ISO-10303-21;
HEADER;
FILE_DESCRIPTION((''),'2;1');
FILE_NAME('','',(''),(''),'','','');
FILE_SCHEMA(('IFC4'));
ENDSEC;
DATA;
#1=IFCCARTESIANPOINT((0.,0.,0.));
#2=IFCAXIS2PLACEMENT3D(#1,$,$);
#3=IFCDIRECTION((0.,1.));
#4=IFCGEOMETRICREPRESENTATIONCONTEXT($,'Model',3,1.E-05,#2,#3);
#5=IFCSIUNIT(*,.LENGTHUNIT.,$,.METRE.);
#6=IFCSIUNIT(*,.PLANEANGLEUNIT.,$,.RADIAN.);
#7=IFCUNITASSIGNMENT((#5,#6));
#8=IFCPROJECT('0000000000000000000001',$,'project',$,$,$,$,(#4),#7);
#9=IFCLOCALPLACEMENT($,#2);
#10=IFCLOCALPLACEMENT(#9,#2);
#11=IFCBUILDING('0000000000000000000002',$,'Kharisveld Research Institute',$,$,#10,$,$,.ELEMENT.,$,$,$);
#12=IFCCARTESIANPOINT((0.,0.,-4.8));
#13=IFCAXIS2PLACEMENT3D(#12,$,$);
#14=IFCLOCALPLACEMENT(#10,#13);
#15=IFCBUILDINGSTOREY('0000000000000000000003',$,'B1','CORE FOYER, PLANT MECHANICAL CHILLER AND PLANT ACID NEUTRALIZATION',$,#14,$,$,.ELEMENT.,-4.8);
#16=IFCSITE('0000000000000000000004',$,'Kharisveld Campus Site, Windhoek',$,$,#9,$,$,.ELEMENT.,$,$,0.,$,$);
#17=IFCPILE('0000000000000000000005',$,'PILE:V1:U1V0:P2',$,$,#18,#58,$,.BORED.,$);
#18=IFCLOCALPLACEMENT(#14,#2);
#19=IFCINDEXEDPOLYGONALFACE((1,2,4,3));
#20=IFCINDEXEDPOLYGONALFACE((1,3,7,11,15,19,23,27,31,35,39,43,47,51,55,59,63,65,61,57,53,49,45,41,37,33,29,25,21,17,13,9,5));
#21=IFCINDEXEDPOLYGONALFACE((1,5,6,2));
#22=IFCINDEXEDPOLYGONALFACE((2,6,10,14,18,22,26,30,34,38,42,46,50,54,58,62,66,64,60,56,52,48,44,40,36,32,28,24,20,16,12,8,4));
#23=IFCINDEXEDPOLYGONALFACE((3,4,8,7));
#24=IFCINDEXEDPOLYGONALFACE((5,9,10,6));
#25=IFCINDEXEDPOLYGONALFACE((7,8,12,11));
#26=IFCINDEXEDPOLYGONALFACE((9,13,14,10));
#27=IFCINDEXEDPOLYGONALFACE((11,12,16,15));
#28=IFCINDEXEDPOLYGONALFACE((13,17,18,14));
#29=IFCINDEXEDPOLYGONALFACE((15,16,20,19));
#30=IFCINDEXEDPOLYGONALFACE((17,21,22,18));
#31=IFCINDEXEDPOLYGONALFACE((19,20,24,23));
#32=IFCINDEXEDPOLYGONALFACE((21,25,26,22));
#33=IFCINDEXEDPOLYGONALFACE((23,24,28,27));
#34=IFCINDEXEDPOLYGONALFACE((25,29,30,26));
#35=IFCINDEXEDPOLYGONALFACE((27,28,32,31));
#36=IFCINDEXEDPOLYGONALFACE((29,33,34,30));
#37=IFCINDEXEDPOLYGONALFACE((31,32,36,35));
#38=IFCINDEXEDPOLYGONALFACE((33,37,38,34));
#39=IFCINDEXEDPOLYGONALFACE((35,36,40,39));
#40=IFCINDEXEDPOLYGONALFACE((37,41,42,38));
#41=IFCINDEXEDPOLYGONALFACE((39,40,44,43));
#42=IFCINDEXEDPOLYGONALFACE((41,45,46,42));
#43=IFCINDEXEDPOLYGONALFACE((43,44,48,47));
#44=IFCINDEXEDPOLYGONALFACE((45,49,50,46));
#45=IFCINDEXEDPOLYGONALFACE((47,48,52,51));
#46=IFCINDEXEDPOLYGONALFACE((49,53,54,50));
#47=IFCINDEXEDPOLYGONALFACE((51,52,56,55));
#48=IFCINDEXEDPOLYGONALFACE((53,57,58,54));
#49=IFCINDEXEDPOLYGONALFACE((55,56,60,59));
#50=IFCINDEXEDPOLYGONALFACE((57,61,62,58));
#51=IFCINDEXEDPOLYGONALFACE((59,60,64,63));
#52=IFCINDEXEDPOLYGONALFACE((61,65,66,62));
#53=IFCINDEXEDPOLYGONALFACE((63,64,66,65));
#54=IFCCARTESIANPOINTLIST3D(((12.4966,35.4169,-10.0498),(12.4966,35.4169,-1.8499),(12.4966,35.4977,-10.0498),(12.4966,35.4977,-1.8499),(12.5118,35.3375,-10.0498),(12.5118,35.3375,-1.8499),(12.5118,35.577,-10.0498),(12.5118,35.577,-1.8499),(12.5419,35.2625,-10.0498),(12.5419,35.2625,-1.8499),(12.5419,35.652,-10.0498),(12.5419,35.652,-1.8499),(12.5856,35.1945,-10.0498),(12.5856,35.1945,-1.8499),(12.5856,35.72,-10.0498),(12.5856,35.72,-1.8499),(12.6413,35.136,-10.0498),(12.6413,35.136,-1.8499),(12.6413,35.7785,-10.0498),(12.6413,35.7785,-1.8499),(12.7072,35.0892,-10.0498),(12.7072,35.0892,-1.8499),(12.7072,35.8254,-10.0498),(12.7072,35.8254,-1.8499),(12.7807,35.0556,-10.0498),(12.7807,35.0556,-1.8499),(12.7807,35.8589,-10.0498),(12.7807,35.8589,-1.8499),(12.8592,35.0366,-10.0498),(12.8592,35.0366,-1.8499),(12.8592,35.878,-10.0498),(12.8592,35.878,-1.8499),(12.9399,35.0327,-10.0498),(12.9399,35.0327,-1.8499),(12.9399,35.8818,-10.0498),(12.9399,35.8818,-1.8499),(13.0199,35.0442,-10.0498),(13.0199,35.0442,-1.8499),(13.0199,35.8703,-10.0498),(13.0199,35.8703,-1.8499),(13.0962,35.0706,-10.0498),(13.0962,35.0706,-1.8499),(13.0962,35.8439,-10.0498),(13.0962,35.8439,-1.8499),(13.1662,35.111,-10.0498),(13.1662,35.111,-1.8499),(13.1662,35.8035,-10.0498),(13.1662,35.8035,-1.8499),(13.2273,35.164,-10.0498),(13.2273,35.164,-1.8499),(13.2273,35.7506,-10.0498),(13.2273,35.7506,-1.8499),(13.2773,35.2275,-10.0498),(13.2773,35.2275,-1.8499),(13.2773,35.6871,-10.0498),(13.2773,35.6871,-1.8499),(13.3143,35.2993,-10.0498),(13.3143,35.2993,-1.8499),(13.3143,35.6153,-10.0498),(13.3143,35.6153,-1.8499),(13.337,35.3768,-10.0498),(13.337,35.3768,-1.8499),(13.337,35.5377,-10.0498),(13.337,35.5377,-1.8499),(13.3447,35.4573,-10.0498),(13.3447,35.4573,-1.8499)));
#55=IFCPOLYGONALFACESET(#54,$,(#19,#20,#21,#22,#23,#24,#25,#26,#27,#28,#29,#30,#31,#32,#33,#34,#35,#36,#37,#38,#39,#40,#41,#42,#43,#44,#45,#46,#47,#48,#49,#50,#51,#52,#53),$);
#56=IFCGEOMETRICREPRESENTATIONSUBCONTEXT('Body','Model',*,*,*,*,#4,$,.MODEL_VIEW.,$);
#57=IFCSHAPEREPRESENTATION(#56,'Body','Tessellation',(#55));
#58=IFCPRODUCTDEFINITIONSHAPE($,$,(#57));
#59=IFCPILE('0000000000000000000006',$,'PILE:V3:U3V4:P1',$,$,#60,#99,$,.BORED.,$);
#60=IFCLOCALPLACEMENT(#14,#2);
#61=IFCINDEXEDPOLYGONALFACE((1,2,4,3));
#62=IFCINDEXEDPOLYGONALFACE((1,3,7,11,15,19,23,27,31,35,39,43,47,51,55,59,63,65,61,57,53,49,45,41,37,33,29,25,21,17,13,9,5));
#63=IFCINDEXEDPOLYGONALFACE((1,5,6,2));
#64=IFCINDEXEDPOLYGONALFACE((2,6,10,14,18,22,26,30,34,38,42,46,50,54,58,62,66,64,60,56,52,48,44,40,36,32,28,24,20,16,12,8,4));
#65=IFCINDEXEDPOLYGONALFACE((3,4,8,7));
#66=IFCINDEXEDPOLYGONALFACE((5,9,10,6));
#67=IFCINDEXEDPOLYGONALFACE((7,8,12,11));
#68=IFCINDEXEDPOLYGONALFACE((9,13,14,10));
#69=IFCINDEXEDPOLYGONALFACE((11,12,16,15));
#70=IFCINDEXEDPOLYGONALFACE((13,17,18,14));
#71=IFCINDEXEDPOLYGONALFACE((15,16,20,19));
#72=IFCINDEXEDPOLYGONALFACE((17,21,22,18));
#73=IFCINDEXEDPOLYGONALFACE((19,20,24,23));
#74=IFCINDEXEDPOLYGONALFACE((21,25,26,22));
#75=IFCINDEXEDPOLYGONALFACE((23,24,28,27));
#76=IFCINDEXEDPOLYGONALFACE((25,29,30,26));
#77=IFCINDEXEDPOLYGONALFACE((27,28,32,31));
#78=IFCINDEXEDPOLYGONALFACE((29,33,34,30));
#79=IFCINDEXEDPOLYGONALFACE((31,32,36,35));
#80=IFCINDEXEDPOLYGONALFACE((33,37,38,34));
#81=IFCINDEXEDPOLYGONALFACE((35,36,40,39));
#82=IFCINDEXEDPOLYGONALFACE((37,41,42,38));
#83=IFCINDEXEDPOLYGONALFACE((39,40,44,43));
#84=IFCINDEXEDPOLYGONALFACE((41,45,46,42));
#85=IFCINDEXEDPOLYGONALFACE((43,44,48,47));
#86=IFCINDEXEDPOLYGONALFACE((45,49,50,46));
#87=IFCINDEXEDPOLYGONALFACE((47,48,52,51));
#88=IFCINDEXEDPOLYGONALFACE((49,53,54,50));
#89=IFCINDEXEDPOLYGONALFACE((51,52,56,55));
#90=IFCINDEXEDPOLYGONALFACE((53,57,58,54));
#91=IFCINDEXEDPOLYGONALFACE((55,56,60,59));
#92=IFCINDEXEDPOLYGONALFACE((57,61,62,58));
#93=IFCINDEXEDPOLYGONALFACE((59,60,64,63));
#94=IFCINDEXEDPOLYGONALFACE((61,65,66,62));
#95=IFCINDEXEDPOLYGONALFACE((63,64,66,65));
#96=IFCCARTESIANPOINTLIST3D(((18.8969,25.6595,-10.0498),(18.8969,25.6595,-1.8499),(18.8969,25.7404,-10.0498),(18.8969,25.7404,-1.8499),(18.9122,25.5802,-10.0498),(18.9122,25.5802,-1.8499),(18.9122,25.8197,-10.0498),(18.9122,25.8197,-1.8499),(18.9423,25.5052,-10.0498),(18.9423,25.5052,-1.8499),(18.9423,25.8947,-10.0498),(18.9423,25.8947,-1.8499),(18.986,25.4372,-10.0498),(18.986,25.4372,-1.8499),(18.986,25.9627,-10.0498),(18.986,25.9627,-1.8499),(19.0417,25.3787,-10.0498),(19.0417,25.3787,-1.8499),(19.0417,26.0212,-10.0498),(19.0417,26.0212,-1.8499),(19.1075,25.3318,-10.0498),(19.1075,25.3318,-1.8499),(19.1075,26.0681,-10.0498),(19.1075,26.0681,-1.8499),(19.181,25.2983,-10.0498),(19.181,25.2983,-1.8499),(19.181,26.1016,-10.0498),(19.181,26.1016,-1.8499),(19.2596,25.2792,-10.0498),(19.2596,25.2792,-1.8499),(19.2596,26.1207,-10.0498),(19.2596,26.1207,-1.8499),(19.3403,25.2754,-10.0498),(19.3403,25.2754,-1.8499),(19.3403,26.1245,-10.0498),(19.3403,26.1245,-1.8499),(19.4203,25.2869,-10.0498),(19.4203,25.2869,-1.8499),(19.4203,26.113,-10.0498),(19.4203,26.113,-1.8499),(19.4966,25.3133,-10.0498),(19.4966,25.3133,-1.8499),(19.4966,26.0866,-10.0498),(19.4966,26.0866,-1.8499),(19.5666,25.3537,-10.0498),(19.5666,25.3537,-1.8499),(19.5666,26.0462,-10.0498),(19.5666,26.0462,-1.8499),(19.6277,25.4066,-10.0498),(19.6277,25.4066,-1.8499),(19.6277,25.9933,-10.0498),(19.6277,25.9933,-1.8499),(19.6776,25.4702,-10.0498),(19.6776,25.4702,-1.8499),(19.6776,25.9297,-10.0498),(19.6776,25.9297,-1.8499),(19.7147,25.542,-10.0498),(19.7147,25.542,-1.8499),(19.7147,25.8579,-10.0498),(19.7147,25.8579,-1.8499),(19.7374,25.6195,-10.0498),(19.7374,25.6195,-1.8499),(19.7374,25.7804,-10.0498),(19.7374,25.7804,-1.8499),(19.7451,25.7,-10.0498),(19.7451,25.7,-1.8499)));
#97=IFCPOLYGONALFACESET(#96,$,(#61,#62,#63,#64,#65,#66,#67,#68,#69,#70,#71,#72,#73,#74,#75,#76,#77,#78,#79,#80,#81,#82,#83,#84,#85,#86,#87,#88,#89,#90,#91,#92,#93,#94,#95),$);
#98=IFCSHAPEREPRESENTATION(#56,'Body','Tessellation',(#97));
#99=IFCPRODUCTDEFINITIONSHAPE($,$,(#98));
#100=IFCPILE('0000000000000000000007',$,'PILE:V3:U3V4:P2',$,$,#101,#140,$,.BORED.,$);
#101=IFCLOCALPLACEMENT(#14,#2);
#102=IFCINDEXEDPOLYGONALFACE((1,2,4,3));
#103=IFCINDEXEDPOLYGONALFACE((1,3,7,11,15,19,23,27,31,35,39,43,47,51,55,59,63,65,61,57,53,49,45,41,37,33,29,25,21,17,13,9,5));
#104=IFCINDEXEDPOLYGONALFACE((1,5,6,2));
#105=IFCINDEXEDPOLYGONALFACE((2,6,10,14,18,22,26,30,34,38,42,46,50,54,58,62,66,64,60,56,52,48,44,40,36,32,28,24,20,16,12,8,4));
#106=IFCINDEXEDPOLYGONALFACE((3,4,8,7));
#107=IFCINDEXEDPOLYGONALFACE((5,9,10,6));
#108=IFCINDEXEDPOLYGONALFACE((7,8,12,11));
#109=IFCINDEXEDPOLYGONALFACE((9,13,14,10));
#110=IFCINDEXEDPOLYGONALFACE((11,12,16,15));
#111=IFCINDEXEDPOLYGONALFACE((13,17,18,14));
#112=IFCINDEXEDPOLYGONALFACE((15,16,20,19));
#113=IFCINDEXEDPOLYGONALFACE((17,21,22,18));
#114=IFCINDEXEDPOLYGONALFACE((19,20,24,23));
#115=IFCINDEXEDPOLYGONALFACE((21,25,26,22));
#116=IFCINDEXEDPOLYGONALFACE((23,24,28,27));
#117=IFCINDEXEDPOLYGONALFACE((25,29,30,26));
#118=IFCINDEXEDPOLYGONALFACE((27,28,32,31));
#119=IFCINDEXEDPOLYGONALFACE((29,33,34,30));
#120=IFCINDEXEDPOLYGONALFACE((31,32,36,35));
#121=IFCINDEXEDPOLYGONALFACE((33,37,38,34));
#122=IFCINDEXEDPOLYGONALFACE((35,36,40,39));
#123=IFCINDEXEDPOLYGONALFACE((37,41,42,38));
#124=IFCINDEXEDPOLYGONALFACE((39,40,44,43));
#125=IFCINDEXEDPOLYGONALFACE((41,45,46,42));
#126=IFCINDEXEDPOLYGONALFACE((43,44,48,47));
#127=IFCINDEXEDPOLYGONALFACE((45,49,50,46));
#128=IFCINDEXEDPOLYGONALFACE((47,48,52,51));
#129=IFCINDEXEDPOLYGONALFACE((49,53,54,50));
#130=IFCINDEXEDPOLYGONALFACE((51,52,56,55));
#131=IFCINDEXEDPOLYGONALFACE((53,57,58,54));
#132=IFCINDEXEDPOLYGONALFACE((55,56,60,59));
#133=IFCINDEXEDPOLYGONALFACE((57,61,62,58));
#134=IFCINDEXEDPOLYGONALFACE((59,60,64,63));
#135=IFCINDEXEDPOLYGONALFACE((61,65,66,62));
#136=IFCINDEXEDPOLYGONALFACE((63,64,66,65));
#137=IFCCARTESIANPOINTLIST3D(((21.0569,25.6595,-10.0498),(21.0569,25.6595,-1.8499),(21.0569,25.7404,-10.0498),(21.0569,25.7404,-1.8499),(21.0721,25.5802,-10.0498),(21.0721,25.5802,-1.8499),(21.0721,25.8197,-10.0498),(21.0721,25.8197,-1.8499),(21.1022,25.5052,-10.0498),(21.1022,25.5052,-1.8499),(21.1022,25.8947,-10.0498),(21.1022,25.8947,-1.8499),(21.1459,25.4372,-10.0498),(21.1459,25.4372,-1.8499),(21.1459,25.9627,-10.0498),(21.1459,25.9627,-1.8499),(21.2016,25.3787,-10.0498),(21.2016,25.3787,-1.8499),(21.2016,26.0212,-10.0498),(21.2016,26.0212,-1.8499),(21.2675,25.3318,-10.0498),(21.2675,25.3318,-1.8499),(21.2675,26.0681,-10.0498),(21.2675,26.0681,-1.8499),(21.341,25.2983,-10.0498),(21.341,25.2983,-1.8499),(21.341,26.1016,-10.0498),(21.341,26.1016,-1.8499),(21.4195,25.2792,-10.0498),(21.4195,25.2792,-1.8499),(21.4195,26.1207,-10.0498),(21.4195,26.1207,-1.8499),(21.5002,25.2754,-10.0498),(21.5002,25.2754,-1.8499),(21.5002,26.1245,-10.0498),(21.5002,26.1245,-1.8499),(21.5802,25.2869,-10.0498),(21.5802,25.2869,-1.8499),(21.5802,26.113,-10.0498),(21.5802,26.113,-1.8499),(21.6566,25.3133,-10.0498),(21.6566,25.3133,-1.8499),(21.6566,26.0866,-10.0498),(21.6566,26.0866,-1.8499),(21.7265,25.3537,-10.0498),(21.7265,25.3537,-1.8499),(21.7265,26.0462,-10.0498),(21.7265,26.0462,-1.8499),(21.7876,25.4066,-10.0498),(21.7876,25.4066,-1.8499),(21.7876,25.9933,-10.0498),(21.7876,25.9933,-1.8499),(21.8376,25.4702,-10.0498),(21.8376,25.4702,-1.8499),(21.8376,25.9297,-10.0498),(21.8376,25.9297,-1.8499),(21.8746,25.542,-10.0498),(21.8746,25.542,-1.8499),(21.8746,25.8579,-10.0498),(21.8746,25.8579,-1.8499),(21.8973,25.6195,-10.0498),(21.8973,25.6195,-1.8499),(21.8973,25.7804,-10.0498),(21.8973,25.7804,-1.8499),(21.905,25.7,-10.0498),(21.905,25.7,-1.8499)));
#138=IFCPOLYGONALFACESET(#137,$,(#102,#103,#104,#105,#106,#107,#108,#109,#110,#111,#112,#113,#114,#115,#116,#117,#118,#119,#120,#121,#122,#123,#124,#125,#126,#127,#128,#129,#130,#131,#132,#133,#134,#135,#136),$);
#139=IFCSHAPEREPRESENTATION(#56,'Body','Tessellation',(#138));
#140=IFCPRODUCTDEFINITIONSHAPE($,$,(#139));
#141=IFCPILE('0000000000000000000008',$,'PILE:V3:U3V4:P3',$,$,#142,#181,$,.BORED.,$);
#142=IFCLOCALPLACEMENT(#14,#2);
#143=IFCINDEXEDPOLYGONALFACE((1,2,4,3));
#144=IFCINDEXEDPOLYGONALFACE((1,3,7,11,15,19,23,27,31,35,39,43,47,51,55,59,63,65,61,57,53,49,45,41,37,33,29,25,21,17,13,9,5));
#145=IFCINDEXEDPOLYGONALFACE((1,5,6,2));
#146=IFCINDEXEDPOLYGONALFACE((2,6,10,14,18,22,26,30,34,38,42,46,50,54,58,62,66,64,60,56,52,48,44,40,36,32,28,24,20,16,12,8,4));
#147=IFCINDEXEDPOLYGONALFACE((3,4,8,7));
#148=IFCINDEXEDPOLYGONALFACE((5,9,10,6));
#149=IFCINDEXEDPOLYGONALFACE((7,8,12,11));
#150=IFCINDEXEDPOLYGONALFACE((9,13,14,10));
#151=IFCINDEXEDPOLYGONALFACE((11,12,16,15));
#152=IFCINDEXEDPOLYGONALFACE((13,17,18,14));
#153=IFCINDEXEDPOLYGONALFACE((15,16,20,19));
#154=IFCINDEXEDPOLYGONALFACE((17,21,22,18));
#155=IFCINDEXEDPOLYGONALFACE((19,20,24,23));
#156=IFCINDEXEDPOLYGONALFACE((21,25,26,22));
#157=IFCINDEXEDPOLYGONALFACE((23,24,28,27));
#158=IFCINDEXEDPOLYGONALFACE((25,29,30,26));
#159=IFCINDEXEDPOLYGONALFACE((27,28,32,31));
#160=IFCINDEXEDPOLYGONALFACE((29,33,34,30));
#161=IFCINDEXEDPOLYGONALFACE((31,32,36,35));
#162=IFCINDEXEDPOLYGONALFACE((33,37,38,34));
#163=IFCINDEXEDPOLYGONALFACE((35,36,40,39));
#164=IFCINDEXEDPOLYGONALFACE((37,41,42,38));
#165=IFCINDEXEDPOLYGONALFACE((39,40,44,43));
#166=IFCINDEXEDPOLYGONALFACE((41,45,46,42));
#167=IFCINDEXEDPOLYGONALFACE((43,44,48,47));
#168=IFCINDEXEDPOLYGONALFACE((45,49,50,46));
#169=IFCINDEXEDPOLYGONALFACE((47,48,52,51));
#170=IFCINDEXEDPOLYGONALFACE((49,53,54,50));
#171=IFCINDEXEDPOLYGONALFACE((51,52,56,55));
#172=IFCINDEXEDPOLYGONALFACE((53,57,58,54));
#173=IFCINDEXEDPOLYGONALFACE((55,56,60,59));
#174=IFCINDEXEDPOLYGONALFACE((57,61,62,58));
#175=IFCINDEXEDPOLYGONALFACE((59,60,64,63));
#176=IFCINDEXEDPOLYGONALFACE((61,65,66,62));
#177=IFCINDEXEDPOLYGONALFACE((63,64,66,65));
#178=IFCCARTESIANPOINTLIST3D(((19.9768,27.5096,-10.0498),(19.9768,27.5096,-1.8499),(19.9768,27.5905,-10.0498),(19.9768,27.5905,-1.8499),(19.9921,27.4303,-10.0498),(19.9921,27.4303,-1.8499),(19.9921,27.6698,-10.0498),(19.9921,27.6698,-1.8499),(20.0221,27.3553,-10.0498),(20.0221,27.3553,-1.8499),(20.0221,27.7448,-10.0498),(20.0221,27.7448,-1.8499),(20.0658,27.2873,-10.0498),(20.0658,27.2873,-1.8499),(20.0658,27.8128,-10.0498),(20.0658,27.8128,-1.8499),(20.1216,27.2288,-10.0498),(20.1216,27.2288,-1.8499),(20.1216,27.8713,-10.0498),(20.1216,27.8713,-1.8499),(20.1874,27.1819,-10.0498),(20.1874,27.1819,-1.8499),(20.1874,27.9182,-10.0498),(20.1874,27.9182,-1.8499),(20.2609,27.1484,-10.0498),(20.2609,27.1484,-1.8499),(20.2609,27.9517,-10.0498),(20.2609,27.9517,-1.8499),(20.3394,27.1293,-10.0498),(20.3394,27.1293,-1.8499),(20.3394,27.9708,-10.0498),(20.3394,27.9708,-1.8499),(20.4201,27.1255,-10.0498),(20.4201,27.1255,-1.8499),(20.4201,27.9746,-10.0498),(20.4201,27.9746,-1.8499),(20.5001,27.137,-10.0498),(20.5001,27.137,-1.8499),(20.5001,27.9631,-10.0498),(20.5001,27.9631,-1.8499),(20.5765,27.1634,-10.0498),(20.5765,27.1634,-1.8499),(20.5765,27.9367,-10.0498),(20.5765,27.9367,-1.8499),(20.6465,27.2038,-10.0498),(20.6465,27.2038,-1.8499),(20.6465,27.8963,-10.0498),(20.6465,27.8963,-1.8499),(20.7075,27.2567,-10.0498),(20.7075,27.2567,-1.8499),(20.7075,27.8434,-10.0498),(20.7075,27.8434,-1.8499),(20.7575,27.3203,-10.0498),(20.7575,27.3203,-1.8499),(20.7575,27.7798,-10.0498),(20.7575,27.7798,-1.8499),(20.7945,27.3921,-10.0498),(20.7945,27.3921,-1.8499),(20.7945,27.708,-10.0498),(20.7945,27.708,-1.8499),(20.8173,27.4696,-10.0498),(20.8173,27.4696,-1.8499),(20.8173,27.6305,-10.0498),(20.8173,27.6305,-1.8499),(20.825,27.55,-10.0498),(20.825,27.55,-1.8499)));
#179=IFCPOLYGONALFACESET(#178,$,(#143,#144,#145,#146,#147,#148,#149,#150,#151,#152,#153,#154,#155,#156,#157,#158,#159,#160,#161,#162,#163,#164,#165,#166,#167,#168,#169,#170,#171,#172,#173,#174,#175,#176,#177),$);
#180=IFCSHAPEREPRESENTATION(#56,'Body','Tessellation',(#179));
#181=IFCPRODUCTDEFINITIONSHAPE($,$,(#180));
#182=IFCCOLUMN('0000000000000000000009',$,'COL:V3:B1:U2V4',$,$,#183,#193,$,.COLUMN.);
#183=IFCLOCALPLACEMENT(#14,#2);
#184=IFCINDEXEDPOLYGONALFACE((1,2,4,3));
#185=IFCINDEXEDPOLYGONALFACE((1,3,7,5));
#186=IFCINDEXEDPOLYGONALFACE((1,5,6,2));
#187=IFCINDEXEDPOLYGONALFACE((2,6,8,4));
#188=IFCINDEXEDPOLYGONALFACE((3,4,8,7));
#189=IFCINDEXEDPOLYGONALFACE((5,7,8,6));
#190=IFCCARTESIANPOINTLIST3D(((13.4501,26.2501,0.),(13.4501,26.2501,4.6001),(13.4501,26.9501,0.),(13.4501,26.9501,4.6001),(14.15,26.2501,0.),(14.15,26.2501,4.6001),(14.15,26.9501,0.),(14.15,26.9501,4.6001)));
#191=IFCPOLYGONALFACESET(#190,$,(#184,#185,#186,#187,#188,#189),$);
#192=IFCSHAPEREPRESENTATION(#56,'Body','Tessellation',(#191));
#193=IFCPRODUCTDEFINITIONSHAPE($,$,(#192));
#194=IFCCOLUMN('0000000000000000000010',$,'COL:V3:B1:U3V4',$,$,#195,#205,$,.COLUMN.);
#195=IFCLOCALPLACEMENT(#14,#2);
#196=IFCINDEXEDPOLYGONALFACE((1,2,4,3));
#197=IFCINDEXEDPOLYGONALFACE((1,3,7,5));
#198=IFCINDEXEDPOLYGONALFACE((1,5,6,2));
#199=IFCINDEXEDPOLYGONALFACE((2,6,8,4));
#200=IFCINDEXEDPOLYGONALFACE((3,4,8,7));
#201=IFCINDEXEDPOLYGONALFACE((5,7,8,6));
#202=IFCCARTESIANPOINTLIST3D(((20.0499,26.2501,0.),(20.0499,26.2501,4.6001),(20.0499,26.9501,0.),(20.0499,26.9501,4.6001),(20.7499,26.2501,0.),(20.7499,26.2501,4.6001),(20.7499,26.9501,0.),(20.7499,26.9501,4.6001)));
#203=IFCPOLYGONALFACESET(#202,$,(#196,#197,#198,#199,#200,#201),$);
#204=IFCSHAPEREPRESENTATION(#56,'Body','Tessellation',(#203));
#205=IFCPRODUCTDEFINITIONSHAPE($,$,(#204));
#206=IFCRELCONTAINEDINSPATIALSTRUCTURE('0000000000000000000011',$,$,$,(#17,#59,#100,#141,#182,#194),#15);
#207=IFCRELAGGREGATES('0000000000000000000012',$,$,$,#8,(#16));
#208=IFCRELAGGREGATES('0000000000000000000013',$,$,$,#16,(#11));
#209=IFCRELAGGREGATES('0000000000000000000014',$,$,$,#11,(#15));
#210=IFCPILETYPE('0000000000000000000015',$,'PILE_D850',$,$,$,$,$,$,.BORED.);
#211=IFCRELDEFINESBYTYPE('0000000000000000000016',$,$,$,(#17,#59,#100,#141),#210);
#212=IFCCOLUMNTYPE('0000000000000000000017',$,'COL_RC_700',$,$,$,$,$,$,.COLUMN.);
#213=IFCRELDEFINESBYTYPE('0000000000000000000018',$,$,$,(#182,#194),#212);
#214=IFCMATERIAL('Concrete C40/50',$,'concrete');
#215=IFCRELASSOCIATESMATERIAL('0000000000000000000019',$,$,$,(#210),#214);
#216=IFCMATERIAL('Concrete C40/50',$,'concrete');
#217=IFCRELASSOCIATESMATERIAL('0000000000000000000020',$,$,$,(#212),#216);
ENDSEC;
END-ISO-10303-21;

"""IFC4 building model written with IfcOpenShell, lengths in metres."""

from ifc_helpers import new_model, si_unit, direction, frame, origin, origin_2d, place, context, subcontext, project, spatial, rectangle, circle, extrude, material, material_profile, profile_set, type_object, element, save


model = new_model("IFC4")

# Units and contexts
model_context = context("Model", 3, precision=1e-05, world=origin(), true_north=direction((0.0, 1.0)))
body_context = subcontext(model_context, "Body", "Model", "MODEL_VIEW")
ifc_project = project(units=[si_unit("LENGTHUNIT", "METRE"), si_unit("PLANEANGLEUNIT", "RADIAN")], contexts=[model_context])

# Site, building, storey
site_placement = place(None, origin())
site = spatial("IfcSite", under=ifc_project, at=site_placement, Name="Kharisveld Campus Site, Windhoek", CompositionType="ELEMENT", RefElevation=0.0)
building_placement = place(site_placement, origin())
building = spatial("IfcBuilding", under=site, at=building_placement, Name="Kharisveld Research Institute", CompositionType="ELEMENT")
storey_placement = place(building_placement, frame((0.0, 0.0, -4.8)))
storey = spatial("IfcBuildingStorey", under=building, at=storey_placement, Name="B1", Description="CORE FOYER, PLANT MECHANICAL CHILLER AND PLANT ACID NEUTRALIZATION", CompositionType="ELEMENT", Elevation=-4.8)

# Piles
ifc_material_1 = material(Name="Concrete C40/50", Category="concrete")
ifc_material_profile_1 = material_profile(ifc_material_1, circle(Radius=0.425, at=origin_2d()))
ifc_profile_set_1 = profile_set([ifc_material_profile_1], Name="Concrete C40/50")
pile_type_1 = type_object("IfcPileType", Name="PILE_D850", PredefinedType="BORED", material=ifc_profile_set_1)
for number, where, z_axis, x_axis, name in (
    (1, (12.9197, 35.4573, -1.8499), (0.0, 0.0, -1.0), (1.0, 0.0, 0.0), "PILE:V1:U1V0:P2"),
    (2, (19.3201, 25.7, -1.8499), (0.0, 0.0, -1.0), (1.0, 0.0, 0.0), "PILE:V3:U3V4:P1"),
    (3, (21.48, 25.7, -1.8499), (0.0, 0.0, -1.0), (1.0, 0.0, 0.0), "PILE:V3:U3V4:P2"),
    (4, (20.3999, 27.55, -1.8499), (0.0, 0.0, -1.0), (1.0, 0.0, 0.0), "PILE:V3:U3V4:P3"),
):
    element("IfcPile", number, at=place(storey_placement, frame(where, z_axis=z_axis, x_axis=x_axis)), inside=storey, type_object=pile_type_1, Name=name, PredefinedType="BORED", context=body_context, shape_type="SweptSolid", body=[
        extrude(circle(Radius=0.425, at=origin_2d()), origin(), (0.0, 0.0, 1.0), 8.2),
    ])

# Columns
ifc_material_2 = material(Name="Concrete C40/50", Category="concrete")
ifc_material_profile_2 = material_profile(ifc_material_2, rectangle(XDim=0.7, YDim=0.7, at=origin_2d()))
ifc_profile_set_2 = profile_set([ifc_material_profile_2], Name="Concrete C40/50")
column_type_1 = type_object("IfcColumnType", Name="COL_RC_700", PredefinedType="COLUMN", material=ifc_profile_set_2)
for number, where, z_axis, x_axis, name in (
    (5, (13.8, 26.6001, 0.0), (0.0, 0.0, 1.0), (1.0, 0.0, 0.0), "COL:V3:B1:U2V4"),
    (6, (20.3999, 26.6001, 0.0), (0.0, 0.0, 1.0), (1.0, 0.0, 0.0), "COL:V3:B1:U3V4"),
):
    element("IfcColumn", number, at=place(storey_placement, frame(where, z_axis=z_axis, x_axis=x_axis)), inside=storey, type_object=column_type_1, Name=name, PredefinedType="COLUMN", context=body_context, shape_type="SweptSolid", body=[
        extrude(rectangle(XDim=0.7, YDim=0.7, at=origin_2d()), origin(), (0.0, 0.0, 1.0), 4.6001),
    ])

save(model, "model.ifc")
